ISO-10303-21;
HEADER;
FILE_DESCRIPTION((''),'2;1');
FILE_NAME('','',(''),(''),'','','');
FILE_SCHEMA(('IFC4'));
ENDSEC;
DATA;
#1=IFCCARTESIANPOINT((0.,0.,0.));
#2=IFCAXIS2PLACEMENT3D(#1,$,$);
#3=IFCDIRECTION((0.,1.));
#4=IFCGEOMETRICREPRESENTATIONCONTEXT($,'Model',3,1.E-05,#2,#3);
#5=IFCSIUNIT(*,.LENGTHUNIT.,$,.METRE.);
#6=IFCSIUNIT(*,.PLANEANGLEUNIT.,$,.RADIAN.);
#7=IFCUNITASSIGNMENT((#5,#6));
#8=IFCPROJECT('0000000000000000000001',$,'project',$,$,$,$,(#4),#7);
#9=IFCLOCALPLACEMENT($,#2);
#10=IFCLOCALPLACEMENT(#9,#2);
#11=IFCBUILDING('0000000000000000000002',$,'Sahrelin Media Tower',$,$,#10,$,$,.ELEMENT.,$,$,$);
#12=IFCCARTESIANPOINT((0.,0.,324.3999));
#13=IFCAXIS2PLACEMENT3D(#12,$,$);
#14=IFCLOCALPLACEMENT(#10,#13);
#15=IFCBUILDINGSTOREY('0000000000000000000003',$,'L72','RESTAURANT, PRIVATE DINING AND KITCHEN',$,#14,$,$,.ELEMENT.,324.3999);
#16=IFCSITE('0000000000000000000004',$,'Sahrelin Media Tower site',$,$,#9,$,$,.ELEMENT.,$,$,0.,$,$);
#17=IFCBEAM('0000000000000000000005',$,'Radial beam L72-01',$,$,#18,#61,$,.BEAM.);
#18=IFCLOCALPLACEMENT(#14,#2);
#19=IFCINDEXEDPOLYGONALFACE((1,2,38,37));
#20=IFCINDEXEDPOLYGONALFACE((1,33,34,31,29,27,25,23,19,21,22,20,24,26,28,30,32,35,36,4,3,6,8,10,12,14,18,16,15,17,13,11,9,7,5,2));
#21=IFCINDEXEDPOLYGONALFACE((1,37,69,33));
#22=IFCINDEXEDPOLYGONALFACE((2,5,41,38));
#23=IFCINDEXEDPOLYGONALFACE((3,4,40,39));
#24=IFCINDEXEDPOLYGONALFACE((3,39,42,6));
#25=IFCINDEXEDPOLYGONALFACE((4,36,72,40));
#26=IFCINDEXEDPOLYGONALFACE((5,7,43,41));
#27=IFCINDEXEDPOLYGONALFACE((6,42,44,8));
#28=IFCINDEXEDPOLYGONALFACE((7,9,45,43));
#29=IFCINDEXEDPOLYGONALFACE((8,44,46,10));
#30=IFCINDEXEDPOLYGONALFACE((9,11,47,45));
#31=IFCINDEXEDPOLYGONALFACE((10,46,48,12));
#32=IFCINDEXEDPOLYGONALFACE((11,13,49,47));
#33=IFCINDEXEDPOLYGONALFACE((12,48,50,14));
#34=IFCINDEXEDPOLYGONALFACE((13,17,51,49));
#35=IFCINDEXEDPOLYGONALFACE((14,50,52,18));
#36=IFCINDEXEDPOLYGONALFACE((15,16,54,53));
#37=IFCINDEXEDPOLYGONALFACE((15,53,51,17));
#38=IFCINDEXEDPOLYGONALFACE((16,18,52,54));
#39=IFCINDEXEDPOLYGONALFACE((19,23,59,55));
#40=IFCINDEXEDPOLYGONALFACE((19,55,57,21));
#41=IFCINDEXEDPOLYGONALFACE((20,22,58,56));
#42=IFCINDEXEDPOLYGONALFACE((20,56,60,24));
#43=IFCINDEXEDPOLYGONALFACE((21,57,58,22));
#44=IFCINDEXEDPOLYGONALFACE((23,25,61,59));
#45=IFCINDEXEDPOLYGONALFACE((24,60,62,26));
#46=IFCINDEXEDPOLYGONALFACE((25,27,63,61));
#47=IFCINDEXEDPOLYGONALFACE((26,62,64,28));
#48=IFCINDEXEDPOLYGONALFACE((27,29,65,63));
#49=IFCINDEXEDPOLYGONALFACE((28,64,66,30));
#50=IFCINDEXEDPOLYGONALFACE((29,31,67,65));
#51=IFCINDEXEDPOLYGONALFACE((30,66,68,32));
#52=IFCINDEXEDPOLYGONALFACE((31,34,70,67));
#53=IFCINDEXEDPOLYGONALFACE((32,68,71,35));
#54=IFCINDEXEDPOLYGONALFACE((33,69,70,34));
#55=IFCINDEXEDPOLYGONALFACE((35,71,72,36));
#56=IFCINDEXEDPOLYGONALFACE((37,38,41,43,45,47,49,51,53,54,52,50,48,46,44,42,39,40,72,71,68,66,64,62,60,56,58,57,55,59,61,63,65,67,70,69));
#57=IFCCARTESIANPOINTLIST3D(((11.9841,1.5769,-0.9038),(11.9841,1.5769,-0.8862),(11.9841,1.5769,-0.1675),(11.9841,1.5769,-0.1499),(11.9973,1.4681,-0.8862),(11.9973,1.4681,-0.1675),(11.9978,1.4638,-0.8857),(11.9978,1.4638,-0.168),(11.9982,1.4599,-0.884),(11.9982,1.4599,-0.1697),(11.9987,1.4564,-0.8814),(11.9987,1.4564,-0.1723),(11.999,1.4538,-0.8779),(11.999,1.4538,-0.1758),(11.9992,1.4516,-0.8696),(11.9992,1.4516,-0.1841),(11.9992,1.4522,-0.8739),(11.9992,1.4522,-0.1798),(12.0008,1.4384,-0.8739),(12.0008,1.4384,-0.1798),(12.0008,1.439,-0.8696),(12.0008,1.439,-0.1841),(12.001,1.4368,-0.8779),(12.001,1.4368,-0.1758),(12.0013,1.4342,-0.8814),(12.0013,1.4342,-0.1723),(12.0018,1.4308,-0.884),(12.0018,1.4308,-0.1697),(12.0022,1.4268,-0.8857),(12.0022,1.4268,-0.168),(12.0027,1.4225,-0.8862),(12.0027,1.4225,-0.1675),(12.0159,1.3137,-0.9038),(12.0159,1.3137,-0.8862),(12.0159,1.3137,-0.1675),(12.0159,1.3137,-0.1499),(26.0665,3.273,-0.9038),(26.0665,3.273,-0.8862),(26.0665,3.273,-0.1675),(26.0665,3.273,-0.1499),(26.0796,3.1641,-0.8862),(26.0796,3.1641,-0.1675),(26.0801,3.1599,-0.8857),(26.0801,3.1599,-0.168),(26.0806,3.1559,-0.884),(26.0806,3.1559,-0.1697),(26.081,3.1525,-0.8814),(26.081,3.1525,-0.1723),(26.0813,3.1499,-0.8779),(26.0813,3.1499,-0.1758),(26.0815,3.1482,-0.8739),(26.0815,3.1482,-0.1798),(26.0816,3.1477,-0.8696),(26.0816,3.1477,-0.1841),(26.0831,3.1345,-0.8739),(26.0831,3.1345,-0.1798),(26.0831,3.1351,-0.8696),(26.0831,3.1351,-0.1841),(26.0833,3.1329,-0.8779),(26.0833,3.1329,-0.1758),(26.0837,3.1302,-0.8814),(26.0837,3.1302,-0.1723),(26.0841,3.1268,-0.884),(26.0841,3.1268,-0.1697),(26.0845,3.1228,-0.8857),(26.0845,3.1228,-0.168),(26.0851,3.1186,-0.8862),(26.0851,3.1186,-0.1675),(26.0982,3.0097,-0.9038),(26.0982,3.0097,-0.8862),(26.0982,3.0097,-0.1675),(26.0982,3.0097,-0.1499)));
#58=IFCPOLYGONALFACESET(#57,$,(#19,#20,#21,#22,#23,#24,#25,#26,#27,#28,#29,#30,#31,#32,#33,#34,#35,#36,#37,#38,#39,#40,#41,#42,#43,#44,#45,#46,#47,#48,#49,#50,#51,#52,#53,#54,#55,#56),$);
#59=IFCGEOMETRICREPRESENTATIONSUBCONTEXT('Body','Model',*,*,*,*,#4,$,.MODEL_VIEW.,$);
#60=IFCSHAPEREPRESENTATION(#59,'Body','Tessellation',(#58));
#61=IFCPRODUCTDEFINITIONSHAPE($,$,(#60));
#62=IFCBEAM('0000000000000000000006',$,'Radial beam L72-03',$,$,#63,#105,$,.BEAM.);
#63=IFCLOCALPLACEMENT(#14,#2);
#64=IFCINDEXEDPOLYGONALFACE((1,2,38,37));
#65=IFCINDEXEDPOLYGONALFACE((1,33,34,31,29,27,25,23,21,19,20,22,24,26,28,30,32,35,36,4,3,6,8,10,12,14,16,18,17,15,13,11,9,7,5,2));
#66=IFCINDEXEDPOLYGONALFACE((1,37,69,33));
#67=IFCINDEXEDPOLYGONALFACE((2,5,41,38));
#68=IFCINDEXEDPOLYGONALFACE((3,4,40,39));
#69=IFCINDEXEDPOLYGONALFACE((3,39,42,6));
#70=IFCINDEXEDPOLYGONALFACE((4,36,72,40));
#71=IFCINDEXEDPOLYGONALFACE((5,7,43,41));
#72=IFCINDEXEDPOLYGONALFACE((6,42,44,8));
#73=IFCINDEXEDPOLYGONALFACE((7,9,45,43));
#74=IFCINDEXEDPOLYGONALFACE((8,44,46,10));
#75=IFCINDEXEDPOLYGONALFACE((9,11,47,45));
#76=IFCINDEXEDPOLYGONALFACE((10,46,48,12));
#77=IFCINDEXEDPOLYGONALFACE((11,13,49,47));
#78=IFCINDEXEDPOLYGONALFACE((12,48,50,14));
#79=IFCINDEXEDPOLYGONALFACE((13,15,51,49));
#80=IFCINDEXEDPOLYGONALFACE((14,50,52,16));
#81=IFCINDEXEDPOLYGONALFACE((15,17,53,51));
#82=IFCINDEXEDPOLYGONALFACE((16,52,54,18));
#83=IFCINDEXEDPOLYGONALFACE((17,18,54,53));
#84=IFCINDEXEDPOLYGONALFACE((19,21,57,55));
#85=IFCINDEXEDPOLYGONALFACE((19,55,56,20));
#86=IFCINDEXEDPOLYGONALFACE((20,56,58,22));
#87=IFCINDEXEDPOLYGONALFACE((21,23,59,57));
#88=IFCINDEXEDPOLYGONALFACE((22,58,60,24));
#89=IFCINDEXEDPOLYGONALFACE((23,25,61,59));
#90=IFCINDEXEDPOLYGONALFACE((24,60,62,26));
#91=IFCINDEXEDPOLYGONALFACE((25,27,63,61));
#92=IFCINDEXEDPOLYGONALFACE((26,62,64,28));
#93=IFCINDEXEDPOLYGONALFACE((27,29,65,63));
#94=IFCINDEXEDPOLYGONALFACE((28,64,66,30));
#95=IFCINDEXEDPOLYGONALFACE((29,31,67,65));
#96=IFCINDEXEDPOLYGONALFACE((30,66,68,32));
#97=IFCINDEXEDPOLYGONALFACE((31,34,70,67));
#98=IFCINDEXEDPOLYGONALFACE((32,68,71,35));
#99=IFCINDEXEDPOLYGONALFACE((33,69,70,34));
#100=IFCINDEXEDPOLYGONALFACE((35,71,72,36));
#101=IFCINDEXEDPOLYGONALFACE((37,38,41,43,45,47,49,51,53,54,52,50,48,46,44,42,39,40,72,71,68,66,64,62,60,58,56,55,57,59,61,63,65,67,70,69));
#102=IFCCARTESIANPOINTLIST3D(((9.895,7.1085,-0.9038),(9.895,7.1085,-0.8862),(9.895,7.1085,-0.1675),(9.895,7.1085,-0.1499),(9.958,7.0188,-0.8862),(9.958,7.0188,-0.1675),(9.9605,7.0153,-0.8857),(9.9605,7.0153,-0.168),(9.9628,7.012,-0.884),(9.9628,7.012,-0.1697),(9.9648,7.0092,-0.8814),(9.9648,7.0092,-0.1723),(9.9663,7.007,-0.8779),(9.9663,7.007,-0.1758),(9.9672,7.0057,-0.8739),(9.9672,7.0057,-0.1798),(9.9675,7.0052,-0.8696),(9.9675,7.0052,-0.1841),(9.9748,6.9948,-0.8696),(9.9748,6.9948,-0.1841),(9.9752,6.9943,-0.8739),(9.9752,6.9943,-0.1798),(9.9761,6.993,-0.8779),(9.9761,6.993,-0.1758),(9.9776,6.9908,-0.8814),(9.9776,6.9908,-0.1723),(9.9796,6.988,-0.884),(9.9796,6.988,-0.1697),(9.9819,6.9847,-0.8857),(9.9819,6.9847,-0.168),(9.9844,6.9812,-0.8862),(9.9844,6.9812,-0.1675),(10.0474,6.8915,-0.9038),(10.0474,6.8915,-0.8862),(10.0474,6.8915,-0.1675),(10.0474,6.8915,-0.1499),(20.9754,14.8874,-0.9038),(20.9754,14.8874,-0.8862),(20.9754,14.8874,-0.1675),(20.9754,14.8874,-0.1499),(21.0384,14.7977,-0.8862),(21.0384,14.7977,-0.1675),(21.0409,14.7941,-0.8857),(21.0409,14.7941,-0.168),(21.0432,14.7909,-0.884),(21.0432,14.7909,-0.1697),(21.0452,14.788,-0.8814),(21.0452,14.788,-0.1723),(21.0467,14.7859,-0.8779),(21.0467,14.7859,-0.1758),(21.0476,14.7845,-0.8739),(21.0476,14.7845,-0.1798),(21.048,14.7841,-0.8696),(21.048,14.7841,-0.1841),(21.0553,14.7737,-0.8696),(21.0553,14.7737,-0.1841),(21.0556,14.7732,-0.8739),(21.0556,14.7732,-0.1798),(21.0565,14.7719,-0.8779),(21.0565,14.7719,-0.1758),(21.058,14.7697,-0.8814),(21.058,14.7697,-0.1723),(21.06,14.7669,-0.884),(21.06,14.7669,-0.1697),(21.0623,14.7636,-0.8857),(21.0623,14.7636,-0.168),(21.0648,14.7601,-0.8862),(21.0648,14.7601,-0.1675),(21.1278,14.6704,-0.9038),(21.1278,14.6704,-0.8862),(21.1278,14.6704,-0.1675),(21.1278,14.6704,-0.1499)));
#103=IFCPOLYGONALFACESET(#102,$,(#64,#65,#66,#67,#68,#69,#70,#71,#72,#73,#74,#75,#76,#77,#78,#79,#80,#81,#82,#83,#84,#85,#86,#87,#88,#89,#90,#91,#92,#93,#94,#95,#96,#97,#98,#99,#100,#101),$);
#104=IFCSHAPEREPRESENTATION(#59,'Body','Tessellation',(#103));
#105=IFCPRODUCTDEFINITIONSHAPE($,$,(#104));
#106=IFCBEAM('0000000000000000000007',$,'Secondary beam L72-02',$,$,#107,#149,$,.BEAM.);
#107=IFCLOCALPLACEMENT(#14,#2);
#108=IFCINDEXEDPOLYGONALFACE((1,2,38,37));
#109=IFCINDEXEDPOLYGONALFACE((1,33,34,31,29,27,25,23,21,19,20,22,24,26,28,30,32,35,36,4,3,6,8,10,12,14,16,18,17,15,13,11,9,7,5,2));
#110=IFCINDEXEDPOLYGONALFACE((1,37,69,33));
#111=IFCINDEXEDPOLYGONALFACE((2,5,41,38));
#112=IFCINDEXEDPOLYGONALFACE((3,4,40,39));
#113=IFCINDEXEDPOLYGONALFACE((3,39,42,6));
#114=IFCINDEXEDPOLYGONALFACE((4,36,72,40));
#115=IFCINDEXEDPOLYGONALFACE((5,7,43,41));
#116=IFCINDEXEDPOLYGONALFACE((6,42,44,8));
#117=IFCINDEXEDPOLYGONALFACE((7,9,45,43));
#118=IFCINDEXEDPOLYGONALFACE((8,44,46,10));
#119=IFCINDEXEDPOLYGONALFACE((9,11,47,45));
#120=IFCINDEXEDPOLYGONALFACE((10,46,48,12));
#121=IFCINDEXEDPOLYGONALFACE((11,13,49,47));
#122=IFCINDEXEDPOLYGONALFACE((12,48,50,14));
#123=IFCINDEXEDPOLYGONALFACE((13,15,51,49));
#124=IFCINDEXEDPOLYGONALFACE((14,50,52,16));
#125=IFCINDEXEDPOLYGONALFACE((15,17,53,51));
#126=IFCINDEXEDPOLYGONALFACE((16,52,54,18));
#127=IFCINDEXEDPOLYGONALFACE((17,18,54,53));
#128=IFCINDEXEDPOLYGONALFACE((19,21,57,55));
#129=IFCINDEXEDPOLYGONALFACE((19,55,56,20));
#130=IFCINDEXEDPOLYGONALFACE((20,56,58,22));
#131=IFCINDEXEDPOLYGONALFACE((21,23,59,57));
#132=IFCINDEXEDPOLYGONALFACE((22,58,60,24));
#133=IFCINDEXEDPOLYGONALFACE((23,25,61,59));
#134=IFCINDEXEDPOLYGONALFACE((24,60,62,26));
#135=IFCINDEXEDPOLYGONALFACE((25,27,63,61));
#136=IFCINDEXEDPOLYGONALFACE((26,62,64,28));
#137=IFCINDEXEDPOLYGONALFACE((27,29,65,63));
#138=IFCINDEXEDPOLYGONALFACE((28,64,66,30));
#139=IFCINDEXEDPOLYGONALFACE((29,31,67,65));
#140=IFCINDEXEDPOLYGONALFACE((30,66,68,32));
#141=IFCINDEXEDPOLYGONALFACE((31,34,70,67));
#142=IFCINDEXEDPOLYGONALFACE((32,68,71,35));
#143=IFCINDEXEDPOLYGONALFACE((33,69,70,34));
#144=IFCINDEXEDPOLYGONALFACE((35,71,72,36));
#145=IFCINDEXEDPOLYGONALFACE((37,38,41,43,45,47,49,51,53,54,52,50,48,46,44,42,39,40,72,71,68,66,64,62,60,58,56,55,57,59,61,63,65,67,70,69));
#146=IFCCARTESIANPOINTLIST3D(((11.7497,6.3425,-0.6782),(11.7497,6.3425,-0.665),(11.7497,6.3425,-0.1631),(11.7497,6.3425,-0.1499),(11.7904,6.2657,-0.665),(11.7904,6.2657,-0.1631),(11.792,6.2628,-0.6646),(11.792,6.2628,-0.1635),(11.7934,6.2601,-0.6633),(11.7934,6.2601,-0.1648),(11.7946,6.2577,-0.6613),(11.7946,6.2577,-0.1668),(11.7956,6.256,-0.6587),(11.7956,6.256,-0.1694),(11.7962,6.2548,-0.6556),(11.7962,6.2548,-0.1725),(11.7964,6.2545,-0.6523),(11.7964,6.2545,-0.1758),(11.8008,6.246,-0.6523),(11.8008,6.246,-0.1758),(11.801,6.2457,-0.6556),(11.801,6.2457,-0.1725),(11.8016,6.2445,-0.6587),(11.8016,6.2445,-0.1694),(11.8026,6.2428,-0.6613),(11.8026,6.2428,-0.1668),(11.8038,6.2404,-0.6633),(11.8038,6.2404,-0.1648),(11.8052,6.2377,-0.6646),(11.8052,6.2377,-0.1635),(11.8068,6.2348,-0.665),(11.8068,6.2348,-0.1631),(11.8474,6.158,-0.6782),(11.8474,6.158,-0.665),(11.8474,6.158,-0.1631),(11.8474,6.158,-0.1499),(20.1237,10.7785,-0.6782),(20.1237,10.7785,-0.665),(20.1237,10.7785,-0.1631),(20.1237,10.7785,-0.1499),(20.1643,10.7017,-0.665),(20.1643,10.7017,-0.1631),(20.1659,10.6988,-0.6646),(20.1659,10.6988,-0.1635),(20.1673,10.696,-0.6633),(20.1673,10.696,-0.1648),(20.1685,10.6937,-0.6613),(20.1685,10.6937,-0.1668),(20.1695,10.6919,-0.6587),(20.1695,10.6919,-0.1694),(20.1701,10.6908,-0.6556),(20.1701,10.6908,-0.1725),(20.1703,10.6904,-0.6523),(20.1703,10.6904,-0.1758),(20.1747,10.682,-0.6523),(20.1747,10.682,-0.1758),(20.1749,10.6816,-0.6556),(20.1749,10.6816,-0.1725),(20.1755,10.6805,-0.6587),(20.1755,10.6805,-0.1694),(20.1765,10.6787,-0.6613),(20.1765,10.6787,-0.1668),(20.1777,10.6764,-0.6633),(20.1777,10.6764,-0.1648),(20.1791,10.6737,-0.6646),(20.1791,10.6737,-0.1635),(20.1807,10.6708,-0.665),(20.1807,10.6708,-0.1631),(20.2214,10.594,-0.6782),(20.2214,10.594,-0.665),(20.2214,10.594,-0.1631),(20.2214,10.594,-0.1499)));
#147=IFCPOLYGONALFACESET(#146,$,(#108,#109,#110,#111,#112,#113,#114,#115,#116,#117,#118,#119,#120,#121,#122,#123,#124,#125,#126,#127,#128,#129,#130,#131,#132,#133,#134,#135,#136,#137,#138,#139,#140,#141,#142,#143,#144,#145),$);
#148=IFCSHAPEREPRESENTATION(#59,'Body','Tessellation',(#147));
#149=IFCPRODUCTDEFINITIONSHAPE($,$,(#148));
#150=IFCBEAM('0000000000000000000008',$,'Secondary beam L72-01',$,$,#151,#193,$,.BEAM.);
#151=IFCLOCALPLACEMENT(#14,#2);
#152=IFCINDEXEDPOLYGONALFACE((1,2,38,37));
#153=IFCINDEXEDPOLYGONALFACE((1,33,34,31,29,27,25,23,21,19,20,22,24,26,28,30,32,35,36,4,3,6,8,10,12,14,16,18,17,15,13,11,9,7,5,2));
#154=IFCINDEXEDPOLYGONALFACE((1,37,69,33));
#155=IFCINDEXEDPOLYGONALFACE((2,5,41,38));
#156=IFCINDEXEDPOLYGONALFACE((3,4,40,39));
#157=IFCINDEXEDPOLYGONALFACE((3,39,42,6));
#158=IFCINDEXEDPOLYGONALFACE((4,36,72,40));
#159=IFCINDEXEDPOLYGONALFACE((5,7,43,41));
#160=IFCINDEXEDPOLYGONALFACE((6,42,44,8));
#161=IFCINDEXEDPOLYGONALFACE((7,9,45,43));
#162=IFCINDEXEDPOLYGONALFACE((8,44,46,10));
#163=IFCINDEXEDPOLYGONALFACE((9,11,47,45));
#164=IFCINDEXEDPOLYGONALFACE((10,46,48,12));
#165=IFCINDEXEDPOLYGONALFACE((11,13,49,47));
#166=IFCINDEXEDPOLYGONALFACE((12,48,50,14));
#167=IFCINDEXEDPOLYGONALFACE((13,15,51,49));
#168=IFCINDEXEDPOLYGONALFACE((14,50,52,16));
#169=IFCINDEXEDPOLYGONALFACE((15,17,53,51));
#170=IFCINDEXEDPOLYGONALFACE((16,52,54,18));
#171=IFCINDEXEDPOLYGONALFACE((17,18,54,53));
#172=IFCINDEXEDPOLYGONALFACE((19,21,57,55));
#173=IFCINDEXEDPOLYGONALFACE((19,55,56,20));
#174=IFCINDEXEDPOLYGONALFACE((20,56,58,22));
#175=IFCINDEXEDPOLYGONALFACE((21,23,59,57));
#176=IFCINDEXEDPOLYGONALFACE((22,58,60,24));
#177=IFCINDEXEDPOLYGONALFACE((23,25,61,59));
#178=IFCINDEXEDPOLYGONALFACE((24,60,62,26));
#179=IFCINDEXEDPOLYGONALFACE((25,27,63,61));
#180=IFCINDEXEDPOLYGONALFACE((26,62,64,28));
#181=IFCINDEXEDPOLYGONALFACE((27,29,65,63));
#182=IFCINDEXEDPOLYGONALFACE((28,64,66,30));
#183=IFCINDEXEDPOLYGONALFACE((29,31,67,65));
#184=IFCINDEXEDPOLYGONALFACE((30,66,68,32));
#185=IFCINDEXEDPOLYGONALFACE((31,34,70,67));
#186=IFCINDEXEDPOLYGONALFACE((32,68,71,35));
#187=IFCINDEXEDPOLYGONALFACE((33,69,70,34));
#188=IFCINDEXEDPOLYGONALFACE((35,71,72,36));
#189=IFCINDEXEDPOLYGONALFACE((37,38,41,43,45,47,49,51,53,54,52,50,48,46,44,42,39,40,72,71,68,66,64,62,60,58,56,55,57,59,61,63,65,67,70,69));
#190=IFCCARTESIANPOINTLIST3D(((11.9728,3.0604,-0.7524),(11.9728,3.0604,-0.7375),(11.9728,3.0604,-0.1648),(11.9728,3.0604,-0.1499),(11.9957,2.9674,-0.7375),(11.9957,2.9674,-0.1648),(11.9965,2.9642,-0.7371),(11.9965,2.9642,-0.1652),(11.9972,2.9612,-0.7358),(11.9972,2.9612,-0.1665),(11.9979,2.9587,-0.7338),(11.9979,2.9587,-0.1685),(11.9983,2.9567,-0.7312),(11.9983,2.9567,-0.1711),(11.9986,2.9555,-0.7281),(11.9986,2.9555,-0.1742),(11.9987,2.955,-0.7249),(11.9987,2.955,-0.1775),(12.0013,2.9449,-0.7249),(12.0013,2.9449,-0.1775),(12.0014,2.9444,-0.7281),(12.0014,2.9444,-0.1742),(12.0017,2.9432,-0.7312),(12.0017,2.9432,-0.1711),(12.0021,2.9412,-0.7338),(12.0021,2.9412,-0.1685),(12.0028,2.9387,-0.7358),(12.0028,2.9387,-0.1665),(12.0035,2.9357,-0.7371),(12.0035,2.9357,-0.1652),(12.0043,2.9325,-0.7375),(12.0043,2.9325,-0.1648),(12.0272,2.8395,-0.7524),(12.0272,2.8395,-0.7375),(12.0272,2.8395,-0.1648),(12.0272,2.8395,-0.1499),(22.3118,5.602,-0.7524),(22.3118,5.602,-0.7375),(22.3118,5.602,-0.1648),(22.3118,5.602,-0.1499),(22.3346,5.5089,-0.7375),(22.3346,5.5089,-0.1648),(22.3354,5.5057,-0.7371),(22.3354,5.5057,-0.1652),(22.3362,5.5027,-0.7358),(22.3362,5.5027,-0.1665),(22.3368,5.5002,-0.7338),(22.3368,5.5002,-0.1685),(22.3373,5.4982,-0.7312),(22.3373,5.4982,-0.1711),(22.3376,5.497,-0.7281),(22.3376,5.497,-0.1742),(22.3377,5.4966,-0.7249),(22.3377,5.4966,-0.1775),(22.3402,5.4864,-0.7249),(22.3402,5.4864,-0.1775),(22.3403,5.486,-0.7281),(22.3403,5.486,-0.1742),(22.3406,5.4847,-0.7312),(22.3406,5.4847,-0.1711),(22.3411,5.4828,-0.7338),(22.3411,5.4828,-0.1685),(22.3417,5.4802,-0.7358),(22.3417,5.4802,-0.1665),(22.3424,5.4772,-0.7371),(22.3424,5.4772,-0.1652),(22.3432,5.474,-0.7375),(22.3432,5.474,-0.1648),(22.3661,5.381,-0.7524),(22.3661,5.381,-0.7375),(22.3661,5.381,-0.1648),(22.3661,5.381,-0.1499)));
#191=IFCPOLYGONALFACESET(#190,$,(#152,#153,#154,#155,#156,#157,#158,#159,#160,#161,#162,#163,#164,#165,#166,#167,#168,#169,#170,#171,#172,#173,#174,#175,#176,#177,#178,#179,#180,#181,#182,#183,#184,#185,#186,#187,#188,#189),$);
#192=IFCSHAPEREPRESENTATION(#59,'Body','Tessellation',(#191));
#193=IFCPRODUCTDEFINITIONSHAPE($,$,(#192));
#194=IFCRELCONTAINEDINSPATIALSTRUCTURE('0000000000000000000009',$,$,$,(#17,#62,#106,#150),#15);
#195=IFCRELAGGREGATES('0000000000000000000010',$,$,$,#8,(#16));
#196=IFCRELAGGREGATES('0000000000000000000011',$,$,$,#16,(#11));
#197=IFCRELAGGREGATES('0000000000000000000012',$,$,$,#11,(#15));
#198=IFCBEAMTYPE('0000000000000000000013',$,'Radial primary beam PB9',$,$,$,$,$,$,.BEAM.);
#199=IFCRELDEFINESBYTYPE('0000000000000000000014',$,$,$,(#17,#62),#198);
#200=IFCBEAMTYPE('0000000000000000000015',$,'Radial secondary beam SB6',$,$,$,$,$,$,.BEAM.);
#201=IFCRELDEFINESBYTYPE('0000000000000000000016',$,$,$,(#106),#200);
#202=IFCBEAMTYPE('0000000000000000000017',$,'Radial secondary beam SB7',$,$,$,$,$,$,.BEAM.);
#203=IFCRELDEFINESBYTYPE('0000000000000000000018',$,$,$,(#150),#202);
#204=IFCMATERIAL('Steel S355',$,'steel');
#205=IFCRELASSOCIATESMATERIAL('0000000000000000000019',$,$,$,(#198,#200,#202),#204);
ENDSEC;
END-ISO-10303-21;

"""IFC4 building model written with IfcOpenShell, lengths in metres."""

from ifc_helpers import new_model, si_unit, direction, frame, origin, origin_2d, place, context, subcontext, project, spatial, i_section, extrude, material, material_profile, profile_set, type_object, element, save


model = new_model("IFC4")

# Units and contexts
model_context = context("Model", 3, precision=1e-05, world=origin(), true_north=direction((0.0, 1.0)))
body_context = subcontext(model_context, "Body", "Model", "MODEL_VIEW")
ifc_project = project(units=[si_unit("LENGTHUNIT", "METRE"), si_unit("PLANEANGLEUNIT", "RADIAN")], contexts=[model_context])

# Site, building, storey
site_placement = place(None, origin())
site = spatial("IfcSite", under=ifc_project, at=site_placement, Name="Sahrelin Media Tower site", CompositionType="ELEMENT", RefElevation=0.0)
building_placement = place(site_placement, origin())
building = spatial("IfcBuilding", under=site, at=building_placement, Name="Sahrelin Media Tower", CompositionType="ELEMENT")
storey_placement = place(building_placement, frame((0.0, 0.0, 324.3999)))
storey = spatial("IfcBuildingStorey", under=building, at=storey_placement, Name="L72", Description="RESTAURANT, PRIVATE DINING AND KITCHEN", CompositionType="ELEMENT", Elevation=324.3999)

# Shared definitions
ifc_material_1 = material(Name="Steel S355", Category="steel")

# Beams
ifc_material_profile_1 = material_profile(ifc_material_1, i_section(OverallWidth=0.2651, OverallDepth=0.7539, WebThickness=0.0127, FlangeThickness=0.0176, FilletRadius=0.0166, at=origin_2d()), Name="UB 762x267x147")
ifc_profile_set_1 = profile_set([ifc_material_profile_1], Name="Steel S355")
beam_type_1 = type_object("IfcBeamType", Name="Radial primary beam PB9", PredefinedType="BEAM", material=ifc_profile_set_1)
beam_1_placement = place(storey_placement, frame((12.0, 1.4453, -0.5269), z_axis=(0.992825, 0.119574, 0.0), x_axis=(-0.119574, 0.992825, 0.0)))
element("IfcBeam", 1, at=beam_1_placement, inside=storey, type_object=beam_type_1, Name="Radial beam L72-01", PredefinedType="BEAM", context=body_context, shape_type="SweptSolid", body=[
    extrude(i_section(OverallWidth=0.2651, OverallDepth=0.7539, WebThickness=0.0127, FlangeThickness=0.0176, FilletRadius=0.0166, at=origin_2d()), origin(), (0.0, 0.0, 1.0), 14.1841),
])
beam_2_placement = place(storey_placement, frame((9.9712, 7.0, -0.5269), z_axis=(0.818447, 0.574581, 0.0), x_axis=(-0.574581, 0.818447, 0.0)))
element("IfcBeam", 2, at=beam_2_placement, inside=storey, type_object=beam_type_1, Name="Radial beam L72-03", PredefinedType="BEAM", context=body_context, shape_type="SweptSolid", body=[
    extrude(i_section(OverallWidth=0.2651, OverallDepth=0.7539, WebThickness=0.0127, FlangeThickness=0.0176, FilletRadius=0.0166, at=origin_2d()), origin(), (0.0, 0.0, 1.0), 13.5383),
])
ifc_material_profile_2 = material_profile(ifc_material_1, i_section(OverallWidth=0.2087, OverallDepth=0.5283, WebThickness=0.0095, FlangeThickness=0.0132, FilletRadius=0.0127, at=origin_2d()), Name="UB 533x210x82")
ifc_profile_set_2 = profile_set([ifc_material_profile_2], Name="Steel S355")
beam_type_2 = type_object("IfcBeamType", Name="Radial secondary beam SB6", PredefinedType="BEAM", material=ifc_profile_set_2)
beam_3_placement = place(storey_placement, frame((11.7986, 6.2502, -0.4141), z_axis=(0.883669, 0.468113, 0.0), x_axis=(-0.468113, 0.883669, 0.0)))
element("IfcBeam", 3, at=beam_3_placement, inside=storey, type_object=beam_type_2, Name="Secondary beam L72-02", PredefinedType="BEAM", context=body_context, shape_type="SweptSolid", body=[
    extrude(i_section(OverallWidth=0.2087, OverallDepth=0.5283, WebThickness=0.0095, FlangeThickness=0.0132, FilletRadius=0.0127, at=origin_2d()), origin(), (0.0, 0.0, 1.0), 9.4763),
])
ifc_material_profile_3 = material_profile(ifc_material_1, i_section(OverallWidth=0.2275, OverallDepth=0.6025, WebThickness=0.0105, FlangeThickness=0.0149, FilletRadius=0.0127, at=origin_2d()), Name="UB 610x229x101")
ifc_profile_set_3 = profile_set([ifc_material_profile_3], Name="Steel S355")
beam_type_3 = type_object("IfcBeamType", Name="Radial secondary beam SB7", PredefinedType="BEAM", material=ifc_profile_set_3)
beam_4_placement = place(storey_placement, frame((12.0, 2.95, -0.4512), z_axis=(0.97109, 0.238714, 0.0), x_axis=(-0.238714, 0.97109, 0.0)))
element("IfcBeam", 4, at=beam_4_placement, inside=storey, type_object=beam_type_3, Name="Secondary beam L72-01", PredefinedType="BEAM", context=body_context, shape_type="SweptSolid", body=[
    extrude(i_section(OverallWidth=0.2275, OverallDepth=0.6025, WebThickness=0.0105, FlangeThickness=0.0149, FilletRadius=0.0127, at=origin_2d()), origin(), (0.0, 0.0, 1.0), 10.6467),
])

save(model, "model.ifc")
